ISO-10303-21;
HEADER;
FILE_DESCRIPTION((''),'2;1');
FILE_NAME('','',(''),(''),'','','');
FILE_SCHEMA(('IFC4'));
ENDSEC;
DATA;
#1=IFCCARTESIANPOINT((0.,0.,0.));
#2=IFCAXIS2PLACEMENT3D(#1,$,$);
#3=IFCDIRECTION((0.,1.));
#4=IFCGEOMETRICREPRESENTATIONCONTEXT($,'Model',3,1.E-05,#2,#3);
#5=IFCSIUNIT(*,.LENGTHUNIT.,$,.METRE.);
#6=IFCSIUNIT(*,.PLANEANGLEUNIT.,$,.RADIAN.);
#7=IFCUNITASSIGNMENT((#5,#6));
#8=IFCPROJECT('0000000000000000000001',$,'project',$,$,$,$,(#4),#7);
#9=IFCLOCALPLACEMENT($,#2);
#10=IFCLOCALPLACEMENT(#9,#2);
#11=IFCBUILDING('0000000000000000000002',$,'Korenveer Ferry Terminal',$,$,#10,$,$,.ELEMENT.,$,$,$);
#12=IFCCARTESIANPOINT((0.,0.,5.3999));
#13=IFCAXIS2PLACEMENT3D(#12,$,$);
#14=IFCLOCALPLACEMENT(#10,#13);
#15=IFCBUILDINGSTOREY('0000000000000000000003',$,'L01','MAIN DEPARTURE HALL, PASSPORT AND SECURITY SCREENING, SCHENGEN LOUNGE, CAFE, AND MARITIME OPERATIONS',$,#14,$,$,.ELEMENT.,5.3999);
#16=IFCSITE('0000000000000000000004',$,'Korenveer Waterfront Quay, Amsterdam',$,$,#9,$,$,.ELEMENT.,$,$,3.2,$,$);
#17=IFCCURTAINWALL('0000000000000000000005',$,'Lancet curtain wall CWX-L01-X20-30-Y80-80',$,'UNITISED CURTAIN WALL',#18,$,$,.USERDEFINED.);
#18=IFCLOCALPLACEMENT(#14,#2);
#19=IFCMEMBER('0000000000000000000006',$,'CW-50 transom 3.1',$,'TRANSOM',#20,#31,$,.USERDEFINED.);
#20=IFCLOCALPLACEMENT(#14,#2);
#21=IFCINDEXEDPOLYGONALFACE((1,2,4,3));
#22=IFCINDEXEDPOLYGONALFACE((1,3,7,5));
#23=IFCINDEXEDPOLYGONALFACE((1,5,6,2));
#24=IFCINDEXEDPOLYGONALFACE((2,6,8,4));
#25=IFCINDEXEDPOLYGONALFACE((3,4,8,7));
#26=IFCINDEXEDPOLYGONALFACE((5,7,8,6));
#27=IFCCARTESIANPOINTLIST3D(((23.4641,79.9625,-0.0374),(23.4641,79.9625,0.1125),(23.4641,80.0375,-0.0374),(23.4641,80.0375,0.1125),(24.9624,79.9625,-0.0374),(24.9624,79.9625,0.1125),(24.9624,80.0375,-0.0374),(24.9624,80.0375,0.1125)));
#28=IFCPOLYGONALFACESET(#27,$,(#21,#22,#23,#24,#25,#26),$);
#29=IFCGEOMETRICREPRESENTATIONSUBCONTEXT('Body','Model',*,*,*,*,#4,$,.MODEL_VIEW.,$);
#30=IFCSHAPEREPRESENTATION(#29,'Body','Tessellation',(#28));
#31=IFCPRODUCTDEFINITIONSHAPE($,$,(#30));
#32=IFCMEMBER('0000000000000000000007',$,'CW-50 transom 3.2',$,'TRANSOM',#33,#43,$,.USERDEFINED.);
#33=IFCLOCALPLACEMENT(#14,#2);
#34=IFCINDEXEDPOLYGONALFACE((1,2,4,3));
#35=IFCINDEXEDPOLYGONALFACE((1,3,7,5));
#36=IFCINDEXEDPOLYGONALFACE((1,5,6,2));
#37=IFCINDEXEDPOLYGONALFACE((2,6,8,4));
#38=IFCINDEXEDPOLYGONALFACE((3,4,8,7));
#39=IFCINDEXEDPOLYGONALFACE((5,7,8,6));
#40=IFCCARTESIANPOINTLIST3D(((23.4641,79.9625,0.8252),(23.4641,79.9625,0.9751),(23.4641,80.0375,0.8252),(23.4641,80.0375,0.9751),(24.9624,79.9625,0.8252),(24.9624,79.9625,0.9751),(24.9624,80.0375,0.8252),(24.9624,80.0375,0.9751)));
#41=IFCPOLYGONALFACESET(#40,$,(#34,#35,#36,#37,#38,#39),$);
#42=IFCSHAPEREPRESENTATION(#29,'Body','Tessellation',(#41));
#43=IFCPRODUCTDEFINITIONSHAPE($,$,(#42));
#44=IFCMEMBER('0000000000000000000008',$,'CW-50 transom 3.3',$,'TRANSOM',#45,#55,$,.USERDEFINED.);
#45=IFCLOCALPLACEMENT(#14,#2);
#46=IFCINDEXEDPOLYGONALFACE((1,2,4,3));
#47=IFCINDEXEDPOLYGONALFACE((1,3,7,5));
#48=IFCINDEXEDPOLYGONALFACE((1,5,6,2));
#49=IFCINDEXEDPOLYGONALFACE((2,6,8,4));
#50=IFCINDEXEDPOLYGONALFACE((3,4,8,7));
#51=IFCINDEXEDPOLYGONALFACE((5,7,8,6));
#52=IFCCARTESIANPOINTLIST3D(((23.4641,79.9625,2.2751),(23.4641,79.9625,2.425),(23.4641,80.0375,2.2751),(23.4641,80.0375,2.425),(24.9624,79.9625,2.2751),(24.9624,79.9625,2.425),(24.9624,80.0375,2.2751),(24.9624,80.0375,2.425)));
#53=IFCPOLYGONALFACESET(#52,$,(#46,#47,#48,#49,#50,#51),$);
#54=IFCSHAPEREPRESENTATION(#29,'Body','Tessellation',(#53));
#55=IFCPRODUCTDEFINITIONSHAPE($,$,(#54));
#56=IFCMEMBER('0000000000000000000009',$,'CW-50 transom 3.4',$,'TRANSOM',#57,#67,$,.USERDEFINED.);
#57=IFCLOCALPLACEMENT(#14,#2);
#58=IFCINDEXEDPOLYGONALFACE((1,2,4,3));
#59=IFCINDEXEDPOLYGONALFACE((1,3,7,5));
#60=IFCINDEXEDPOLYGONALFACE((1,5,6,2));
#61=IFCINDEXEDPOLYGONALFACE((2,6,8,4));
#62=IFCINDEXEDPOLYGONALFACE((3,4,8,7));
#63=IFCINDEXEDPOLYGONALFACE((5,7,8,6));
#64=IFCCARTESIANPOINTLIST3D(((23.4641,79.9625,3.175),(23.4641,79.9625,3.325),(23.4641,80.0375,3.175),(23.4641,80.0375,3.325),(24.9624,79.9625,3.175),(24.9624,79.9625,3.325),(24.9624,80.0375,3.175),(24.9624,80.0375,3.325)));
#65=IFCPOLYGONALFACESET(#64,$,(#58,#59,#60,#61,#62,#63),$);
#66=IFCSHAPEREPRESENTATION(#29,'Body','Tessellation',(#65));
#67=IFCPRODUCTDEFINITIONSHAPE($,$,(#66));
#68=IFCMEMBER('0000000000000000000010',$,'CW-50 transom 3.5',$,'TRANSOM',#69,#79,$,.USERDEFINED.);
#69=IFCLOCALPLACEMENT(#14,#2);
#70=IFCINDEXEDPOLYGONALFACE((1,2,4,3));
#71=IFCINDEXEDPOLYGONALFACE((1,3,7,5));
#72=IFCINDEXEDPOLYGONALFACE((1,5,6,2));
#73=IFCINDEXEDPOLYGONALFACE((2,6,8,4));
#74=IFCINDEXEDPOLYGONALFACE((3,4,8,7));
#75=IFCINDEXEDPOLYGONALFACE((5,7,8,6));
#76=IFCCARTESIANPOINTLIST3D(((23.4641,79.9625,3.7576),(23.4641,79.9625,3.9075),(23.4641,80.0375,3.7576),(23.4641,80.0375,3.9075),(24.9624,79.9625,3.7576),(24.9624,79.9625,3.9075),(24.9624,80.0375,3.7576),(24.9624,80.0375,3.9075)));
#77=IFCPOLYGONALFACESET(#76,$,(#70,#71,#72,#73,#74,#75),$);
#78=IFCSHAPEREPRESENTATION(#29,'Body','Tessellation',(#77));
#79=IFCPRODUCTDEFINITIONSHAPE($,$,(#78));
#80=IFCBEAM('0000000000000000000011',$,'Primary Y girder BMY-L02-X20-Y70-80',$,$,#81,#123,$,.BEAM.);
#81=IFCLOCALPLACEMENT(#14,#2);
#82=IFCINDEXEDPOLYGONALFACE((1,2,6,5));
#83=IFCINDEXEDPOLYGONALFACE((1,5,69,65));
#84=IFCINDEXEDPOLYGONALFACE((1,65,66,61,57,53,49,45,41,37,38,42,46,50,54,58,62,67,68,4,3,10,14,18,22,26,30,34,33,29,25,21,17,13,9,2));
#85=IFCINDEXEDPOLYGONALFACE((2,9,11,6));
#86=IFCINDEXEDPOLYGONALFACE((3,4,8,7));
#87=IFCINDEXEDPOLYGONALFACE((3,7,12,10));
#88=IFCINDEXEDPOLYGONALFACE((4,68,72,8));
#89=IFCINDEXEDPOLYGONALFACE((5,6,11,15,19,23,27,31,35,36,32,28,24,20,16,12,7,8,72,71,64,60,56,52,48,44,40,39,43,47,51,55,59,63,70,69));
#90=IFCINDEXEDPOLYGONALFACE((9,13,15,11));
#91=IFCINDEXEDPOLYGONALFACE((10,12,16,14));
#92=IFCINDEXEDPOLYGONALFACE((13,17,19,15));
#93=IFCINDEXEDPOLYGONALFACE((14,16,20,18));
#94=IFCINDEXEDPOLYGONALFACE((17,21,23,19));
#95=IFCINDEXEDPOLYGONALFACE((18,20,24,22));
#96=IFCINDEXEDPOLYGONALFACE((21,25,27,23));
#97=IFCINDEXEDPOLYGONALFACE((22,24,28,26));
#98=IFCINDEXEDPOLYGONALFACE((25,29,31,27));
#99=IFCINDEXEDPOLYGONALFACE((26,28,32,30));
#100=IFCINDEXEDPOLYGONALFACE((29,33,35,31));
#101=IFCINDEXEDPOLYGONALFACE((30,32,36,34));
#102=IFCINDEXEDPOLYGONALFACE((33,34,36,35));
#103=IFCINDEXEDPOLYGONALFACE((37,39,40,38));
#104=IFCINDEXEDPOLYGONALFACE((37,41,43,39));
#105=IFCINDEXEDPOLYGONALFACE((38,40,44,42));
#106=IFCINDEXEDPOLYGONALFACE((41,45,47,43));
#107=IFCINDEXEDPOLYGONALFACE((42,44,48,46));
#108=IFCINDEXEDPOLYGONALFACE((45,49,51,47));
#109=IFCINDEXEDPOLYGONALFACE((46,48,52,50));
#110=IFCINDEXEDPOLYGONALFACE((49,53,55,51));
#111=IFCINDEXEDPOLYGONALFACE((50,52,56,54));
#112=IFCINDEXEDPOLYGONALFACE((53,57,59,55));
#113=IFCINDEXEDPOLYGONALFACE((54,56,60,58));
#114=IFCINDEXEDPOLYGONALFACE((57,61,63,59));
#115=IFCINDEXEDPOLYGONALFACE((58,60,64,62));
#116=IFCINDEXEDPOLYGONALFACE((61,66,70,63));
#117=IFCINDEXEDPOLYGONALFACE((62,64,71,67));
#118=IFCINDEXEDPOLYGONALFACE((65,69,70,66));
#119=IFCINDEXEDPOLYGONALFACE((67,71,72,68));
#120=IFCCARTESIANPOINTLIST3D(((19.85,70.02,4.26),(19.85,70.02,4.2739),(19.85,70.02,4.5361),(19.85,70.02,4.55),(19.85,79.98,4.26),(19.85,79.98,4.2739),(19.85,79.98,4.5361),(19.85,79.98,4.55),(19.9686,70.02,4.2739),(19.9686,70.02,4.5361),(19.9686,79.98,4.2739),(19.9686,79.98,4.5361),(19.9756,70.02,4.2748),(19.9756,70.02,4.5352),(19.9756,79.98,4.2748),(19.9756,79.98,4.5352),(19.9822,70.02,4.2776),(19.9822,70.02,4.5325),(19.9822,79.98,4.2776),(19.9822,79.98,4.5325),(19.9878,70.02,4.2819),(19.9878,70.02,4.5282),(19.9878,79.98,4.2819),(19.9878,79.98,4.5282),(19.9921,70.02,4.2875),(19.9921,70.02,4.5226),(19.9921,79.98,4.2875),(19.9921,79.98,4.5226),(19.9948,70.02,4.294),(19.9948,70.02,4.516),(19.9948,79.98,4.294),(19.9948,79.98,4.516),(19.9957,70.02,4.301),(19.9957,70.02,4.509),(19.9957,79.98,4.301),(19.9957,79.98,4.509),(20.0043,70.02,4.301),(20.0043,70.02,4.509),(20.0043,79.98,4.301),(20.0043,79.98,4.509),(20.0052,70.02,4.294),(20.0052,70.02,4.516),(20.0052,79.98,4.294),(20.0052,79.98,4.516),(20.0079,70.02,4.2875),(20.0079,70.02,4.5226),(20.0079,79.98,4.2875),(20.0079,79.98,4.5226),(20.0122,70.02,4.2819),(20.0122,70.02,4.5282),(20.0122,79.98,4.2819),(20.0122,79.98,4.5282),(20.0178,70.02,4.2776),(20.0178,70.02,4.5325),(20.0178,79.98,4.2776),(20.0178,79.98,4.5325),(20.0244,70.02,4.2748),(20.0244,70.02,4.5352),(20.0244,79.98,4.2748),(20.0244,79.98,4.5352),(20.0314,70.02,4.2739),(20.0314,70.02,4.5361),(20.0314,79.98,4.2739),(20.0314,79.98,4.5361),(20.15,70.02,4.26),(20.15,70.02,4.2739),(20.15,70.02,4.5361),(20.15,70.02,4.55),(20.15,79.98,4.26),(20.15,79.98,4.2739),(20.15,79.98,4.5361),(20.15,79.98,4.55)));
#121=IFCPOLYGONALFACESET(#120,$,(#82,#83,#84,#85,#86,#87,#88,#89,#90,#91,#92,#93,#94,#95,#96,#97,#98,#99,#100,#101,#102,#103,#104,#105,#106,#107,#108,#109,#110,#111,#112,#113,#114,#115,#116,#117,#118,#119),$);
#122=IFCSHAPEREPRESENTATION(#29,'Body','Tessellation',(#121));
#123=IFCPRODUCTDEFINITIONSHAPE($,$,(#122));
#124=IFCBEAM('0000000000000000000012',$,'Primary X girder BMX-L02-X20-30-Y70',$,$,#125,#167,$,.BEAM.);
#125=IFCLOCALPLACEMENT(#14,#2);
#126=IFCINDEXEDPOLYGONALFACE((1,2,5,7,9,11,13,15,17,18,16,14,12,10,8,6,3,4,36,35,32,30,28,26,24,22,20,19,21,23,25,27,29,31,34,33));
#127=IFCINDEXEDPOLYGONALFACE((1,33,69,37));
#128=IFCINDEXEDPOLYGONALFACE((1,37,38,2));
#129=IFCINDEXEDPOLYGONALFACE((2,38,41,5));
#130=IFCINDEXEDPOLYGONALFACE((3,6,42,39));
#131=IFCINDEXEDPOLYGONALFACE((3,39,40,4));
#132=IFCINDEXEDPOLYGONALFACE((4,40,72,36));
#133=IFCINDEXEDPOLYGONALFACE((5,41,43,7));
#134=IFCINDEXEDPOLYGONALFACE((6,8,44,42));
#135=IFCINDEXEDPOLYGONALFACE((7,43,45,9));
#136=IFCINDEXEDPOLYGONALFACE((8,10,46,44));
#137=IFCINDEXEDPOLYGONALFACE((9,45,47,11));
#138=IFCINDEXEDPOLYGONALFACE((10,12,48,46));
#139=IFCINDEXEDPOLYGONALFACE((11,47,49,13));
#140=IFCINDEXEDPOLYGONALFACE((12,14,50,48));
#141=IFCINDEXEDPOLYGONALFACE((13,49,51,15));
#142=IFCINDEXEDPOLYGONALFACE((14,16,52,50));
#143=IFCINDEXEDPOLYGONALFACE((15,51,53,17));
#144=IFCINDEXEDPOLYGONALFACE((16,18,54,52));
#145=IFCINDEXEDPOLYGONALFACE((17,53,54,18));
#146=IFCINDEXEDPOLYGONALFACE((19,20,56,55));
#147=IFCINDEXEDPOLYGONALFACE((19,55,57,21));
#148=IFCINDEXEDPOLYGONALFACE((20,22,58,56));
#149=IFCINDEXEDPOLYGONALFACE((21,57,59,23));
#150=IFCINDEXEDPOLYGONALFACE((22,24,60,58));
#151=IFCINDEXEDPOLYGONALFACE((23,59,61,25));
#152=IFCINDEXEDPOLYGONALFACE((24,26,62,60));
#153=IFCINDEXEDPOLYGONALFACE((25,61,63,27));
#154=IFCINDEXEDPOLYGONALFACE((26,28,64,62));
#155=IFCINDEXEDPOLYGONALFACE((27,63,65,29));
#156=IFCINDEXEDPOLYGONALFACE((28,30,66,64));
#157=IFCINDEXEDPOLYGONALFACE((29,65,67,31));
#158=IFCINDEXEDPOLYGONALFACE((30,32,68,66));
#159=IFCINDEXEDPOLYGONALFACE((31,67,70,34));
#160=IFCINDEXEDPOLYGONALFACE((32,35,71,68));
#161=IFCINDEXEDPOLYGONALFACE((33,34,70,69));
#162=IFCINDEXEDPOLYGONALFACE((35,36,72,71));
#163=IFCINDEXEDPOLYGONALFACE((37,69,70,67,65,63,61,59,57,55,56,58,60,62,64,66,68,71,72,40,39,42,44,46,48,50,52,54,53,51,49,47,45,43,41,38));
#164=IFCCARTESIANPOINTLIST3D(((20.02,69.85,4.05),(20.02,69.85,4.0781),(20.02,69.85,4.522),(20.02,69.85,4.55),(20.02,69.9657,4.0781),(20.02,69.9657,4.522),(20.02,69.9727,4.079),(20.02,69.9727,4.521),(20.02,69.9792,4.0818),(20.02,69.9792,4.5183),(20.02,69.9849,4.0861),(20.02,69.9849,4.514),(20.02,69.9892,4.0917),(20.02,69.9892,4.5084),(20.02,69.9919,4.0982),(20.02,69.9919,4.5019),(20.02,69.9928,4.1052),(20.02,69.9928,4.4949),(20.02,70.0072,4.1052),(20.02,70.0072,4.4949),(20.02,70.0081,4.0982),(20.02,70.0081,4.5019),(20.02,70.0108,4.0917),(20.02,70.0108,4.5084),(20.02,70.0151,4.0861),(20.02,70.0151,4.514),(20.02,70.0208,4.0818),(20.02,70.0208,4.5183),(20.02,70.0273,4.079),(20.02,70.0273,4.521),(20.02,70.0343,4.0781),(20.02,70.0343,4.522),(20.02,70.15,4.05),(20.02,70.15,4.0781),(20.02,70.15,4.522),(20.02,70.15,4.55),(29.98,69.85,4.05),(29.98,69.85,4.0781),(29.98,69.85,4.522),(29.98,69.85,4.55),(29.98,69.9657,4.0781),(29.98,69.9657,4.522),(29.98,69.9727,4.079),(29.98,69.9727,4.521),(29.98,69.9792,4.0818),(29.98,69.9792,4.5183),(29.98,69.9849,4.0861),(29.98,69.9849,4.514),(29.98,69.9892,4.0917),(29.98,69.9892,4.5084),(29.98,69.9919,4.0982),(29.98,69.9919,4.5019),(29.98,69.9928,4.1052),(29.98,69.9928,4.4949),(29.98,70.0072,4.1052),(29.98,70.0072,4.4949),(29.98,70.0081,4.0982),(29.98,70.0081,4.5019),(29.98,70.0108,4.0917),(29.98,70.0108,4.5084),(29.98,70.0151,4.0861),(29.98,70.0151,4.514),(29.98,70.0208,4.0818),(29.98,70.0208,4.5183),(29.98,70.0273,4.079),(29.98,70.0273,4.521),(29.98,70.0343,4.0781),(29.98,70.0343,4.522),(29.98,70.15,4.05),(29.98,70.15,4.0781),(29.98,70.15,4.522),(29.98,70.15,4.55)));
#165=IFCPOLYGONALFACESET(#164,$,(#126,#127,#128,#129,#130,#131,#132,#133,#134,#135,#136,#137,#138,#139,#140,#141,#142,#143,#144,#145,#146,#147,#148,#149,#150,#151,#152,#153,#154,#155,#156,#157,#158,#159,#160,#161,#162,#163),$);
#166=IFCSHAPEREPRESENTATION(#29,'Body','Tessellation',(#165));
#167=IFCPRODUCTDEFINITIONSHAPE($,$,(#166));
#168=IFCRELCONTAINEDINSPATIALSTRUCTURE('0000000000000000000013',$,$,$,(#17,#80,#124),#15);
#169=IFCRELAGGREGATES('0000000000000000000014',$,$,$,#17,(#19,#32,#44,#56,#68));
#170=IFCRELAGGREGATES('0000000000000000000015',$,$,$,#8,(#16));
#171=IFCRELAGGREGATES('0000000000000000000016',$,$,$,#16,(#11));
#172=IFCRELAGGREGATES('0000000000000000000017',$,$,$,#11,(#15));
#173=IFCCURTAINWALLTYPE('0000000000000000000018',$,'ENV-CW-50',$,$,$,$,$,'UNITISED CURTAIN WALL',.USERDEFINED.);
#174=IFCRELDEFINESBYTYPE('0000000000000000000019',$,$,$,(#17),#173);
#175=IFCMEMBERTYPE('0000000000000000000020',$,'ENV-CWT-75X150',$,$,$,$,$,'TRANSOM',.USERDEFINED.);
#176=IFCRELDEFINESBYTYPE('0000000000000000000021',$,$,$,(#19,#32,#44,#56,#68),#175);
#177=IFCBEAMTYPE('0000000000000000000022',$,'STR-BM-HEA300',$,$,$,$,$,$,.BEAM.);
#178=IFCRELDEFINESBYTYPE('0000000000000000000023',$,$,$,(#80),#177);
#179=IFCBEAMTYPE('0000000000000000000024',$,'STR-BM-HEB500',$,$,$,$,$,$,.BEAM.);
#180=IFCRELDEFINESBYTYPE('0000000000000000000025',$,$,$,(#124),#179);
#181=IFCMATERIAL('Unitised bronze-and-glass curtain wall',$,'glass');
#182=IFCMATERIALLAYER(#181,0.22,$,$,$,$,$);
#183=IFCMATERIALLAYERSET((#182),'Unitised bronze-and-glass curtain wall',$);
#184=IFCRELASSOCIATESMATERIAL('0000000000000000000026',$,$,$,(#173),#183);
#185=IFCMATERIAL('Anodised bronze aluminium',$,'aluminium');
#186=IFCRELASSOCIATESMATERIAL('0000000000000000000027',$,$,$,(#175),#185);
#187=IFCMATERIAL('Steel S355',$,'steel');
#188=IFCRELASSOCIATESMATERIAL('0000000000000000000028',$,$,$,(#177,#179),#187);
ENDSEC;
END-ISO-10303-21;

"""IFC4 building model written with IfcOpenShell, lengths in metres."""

from ifc_helpers import new_model, si_unit, direction, frame, origin, origin_2d, place, context, subcontext, project, spatial, rectangle, i_section, extrude, material, layer, layer_set, material_profile, profile_set, type_object, element, aggregate, save


model = new_model("IFC4")

# Units and contexts
model_context = context("Model", 3, precision=1e-05, world=origin(), true_north=direction((0.0, 1.0)))
body_context = subcontext(model_context, "Body", "Model", "MODEL_VIEW")
ifc_project = project(units=[si_unit("LENGTHUNIT", "METRE"), si_unit("PLANEANGLEUNIT", "RADIAN")], contexts=[model_context])

# Site, building, storey
site_placement = place(None, origin())
site = spatial("IfcSite", under=ifc_project, at=site_placement, Name="Korenveer Waterfront Quay, Amsterdam", CompositionType="ELEMENT", RefElevation=3.2)
building_placement = place(site_placement, origin())
building = spatial("IfcBuilding", under=site, at=building_placement, Name="Korenveer Ferry Terminal", CompositionType="ELEMENT")
storey_placement = place(building_placement, frame((0.0, 0.0, 5.3999)))
storey = spatial("IfcBuildingStorey", under=building, at=storey_placement, Name="L01", Description="MAIN DEPARTURE HALL, PASSPORT AND SECURITY SCREENING, SCHENGEN LOUNGE, CAFE, AND MARITIME OPERATIONS", CompositionType="ELEMENT", Elevation=5.3999)

# Curtain wall, members
ifc_material_1 = material(Name="Unitised bronze-and-glass curtain wall", Category="glass")
ifc_layer_1 = layer(ifc_material_1, 0.22)
ifc_layer_set_1 = layer_set([ifc_layer_1], Name="Unitised bronze-and-glass curtain wall")
curtain_wall_type = type_object("IfcCurtainWallType", Name="ENV-CW-50", ElementType="UNITISED CURTAIN WALL", PredefinedType="USERDEFINED", material=ifc_layer_set_1)
curtain_wall_placement = place(storey_placement, frame((20.28, 80.0, 0.0)))
curtain_wall = element("IfcCurtainWall", 1, at=curtain_wall_placement, inside=storey, type_object=curtain_wall_type, Name="Lancet curtain wall CWX-L01-X20-30-Y80-80", ObjectType="UNITISED CURTAIN WALL", PredefinedType="USERDEFINED")
ifc_material_2 = material(Name="Anodised bronze aluminium", Category="aluminium")
ifc_material_profile_1 = material_profile(ifc_material_2, rectangle(XDim=0.075, YDim=0.1499, at=origin_2d()), Name="ALU 75x150")
ifc_profile_set_1 = profile_set([ifc_material_profile_1], Name="Anodised bronze aluminium")
member_type_1 = type_object("IfcMemberType", Name="ENV-CWT-75X150", ElementType="TRANSOM", PredefinedType="USERDEFINED", material=ifc_profile_set_1)
member_1_placement = place(storey_placement, frame((23.4641, 80.0, 0.0376), z_axis=(1.0, 0.0, 0.0), x_axis=(0.0, 1.0, 0.0)))
member_1 = element("IfcMember", 2, at=member_1_placement, type_object=member_type_1, Name="CW-50 transom 3.1", ObjectType="TRANSOM", PredefinedType="USERDEFINED", context=body_context, shape_type="SweptSolid", body=[
    extrude(rectangle(XDim=0.075, YDim=0.1499, at=origin_2d()), origin(), (0.0, 0.0, 1.0), 1.4983),
])
member_2_placement = place(storey_placement, frame((23.4641, 80.0, 0.9001), z_axis=(1.0, 0.0, 0.0), x_axis=(0.0, 1.0, 0.0)))
member_2 = element("IfcMember", 3, at=member_2_placement, type_object=member_type_1, Name="CW-50 transom 3.2", ObjectType="TRANSOM", PredefinedType="USERDEFINED", context=body_context, shape_type="SweptSolid", body=[
    extrude(rectangle(XDim=0.075, YDim=0.1499, at=origin_2d()), origin(), (0.0, 0.0, 1.0), 1.4983),
])
member_3_placement = place(storey_placement, frame((23.4641, 80.0, 2.3501), z_axis=(1.0, 0.0, 0.0), x_axis=(0.0, 1.0, 0.0)))
member_3 = element("IfcMember", 4, at=member_3_placement, type_object=member_type_1, Name="CW-50 transom 3.3", ObjectType="TRANSOM", PredefinedType="USERDEFINED", context=body_context, shape_type="SweptSolid", body=[
    extrude(rectangle(XDim=0.075, YDim=0.1499, at=origin_2d()), origin(), (0.0, 0.0, 1.0), 1.4983),
])
member_4_placement = place(storey_placement, frame((23.4641, 80.0, 3.25), z_axis=(1.0, 0.0, 0.0), x_axis=(0.0, 1.0, 0.0)))
member_4 = element("IfcMember", 5, at=member_4_placement, type_object=member_type_1, Name="CW-50 transom 3.4", ObjectType="TRANSOM", PredefinedType="USERDEFINED", context=body_context, shape_type="SweptSolid", body=[
    extrude(rectangle(XDim=0.075, YDim=0.1499, at=origin_2d()), origin(), (0.0, 0.0, 1.0), 1.4983),
])
member_5_placement = place(storey_placement, frame((23.4641, 80.0, 3.8325), z_axis=(1.0, 0.0, 0.0), x_axis=(0.0, 1.0, 0.0)))
member_5 = element("IfcMember", 6, at=member_5_placement, type_object=member_type_1, Name="CW-50 transom 3.5", ObjectType="TRANSOM", PredefinedType="USERDEFINED", context=body_context, shape_type="SweptSolid", body=[
    extrude(rectangle(XDim=0.075, YDim=0.1499, at=origin_2d()), origin(), (0.0, 0.0, 1.0), 1.4983),
])

# Beams
ifc_material_3 = material(Name="Steel S355", Category="steel")
ifc_material_profile_2 = material_profile(ifc_material_3, i_section(OverallWidth=0.3, OverallDepth=0.29, WebThickness=0.0085, FlangeThickness=0.0139, FilletRadius=0.0271, at=origin_2d()), Name="HEA 300")
ifc_profile_set_2 = profile_set([ifc_material_profile_2], Name="Steel S355")
beam_type_1 = type_object("IfcBeamType", Name="STR-BM-HEA300", PredefinedType="BEAM", material=ifc_profile_set_2)
beam_1_placement = place(storey_placement, frame((20.0, 70.02, 4.405), z_axis=(0.0, 1.0, 0.0), x_axis=(-1.0, 0.0, 0.0)))
element("IfcBeam", 7, at=beam_1_placement, inside=storey, type_object=beam_type_1, Name="Primary Y girder BMY-L02-X20-Y70-80", PredefinedType="BEAM", context=body_context, shape_type="SweptSolid", body=[
    extrude(i_section(OverallWidth=0.3, OverallDepth=0.29, WebThickness=0.0085, FlangeThickness=0.0139, FilletRadius=0.0271, at=origin_2d()), origin(), (0.0, 0.0, 1.0), 9.96),
])
ifc_material_profile_3 = material_profile(ifc_material_3, i_section(OverallWidth=0.3, OverallDepth=0.5, WebThickness=0.0144, FlangeThickness=0.0281, FilletRadius=0.0271, at=origin_2d()), Name="HEB 500")
ifc_profile_set_3 = profile_set([ifc_material_profile_3], Name="Steel S355")
beam_type_2 = type_object("IfcBeamType", Name="STR-BM-HEB500", PredefinedType="BEAM", material=ifc_profile_set_3)
beam_2_placement = place(storey_placement, frame((20.02, 70.0, 4.3), z_axis=(1.0, 0.0, 0.0), x_axis=(0.0, 1.0, 0.0)))
element("IfcBeam", 8, at=beam_2_placement, inside=storey, type_object=beam_type_2, Name="Primary X girder BMX-L02-X20-30-Y70", PredefinedType="BEAM", context=body_context, shape_type="SweptSolid", body=[
    extrude(i_section(OverallWidth=0.3, OverallDepth=0.5, WebThickness=0.0144, FlangeThickness=0.0281, FilletRadius=0.0271, at=origin_2d()), origin(), (0.0, 0.0, 1.0), 9.96),
])

aggregate(curtain_wall, [member_1, member_2, member_3, member_4, member_5])

save(model, "model.ifc")
